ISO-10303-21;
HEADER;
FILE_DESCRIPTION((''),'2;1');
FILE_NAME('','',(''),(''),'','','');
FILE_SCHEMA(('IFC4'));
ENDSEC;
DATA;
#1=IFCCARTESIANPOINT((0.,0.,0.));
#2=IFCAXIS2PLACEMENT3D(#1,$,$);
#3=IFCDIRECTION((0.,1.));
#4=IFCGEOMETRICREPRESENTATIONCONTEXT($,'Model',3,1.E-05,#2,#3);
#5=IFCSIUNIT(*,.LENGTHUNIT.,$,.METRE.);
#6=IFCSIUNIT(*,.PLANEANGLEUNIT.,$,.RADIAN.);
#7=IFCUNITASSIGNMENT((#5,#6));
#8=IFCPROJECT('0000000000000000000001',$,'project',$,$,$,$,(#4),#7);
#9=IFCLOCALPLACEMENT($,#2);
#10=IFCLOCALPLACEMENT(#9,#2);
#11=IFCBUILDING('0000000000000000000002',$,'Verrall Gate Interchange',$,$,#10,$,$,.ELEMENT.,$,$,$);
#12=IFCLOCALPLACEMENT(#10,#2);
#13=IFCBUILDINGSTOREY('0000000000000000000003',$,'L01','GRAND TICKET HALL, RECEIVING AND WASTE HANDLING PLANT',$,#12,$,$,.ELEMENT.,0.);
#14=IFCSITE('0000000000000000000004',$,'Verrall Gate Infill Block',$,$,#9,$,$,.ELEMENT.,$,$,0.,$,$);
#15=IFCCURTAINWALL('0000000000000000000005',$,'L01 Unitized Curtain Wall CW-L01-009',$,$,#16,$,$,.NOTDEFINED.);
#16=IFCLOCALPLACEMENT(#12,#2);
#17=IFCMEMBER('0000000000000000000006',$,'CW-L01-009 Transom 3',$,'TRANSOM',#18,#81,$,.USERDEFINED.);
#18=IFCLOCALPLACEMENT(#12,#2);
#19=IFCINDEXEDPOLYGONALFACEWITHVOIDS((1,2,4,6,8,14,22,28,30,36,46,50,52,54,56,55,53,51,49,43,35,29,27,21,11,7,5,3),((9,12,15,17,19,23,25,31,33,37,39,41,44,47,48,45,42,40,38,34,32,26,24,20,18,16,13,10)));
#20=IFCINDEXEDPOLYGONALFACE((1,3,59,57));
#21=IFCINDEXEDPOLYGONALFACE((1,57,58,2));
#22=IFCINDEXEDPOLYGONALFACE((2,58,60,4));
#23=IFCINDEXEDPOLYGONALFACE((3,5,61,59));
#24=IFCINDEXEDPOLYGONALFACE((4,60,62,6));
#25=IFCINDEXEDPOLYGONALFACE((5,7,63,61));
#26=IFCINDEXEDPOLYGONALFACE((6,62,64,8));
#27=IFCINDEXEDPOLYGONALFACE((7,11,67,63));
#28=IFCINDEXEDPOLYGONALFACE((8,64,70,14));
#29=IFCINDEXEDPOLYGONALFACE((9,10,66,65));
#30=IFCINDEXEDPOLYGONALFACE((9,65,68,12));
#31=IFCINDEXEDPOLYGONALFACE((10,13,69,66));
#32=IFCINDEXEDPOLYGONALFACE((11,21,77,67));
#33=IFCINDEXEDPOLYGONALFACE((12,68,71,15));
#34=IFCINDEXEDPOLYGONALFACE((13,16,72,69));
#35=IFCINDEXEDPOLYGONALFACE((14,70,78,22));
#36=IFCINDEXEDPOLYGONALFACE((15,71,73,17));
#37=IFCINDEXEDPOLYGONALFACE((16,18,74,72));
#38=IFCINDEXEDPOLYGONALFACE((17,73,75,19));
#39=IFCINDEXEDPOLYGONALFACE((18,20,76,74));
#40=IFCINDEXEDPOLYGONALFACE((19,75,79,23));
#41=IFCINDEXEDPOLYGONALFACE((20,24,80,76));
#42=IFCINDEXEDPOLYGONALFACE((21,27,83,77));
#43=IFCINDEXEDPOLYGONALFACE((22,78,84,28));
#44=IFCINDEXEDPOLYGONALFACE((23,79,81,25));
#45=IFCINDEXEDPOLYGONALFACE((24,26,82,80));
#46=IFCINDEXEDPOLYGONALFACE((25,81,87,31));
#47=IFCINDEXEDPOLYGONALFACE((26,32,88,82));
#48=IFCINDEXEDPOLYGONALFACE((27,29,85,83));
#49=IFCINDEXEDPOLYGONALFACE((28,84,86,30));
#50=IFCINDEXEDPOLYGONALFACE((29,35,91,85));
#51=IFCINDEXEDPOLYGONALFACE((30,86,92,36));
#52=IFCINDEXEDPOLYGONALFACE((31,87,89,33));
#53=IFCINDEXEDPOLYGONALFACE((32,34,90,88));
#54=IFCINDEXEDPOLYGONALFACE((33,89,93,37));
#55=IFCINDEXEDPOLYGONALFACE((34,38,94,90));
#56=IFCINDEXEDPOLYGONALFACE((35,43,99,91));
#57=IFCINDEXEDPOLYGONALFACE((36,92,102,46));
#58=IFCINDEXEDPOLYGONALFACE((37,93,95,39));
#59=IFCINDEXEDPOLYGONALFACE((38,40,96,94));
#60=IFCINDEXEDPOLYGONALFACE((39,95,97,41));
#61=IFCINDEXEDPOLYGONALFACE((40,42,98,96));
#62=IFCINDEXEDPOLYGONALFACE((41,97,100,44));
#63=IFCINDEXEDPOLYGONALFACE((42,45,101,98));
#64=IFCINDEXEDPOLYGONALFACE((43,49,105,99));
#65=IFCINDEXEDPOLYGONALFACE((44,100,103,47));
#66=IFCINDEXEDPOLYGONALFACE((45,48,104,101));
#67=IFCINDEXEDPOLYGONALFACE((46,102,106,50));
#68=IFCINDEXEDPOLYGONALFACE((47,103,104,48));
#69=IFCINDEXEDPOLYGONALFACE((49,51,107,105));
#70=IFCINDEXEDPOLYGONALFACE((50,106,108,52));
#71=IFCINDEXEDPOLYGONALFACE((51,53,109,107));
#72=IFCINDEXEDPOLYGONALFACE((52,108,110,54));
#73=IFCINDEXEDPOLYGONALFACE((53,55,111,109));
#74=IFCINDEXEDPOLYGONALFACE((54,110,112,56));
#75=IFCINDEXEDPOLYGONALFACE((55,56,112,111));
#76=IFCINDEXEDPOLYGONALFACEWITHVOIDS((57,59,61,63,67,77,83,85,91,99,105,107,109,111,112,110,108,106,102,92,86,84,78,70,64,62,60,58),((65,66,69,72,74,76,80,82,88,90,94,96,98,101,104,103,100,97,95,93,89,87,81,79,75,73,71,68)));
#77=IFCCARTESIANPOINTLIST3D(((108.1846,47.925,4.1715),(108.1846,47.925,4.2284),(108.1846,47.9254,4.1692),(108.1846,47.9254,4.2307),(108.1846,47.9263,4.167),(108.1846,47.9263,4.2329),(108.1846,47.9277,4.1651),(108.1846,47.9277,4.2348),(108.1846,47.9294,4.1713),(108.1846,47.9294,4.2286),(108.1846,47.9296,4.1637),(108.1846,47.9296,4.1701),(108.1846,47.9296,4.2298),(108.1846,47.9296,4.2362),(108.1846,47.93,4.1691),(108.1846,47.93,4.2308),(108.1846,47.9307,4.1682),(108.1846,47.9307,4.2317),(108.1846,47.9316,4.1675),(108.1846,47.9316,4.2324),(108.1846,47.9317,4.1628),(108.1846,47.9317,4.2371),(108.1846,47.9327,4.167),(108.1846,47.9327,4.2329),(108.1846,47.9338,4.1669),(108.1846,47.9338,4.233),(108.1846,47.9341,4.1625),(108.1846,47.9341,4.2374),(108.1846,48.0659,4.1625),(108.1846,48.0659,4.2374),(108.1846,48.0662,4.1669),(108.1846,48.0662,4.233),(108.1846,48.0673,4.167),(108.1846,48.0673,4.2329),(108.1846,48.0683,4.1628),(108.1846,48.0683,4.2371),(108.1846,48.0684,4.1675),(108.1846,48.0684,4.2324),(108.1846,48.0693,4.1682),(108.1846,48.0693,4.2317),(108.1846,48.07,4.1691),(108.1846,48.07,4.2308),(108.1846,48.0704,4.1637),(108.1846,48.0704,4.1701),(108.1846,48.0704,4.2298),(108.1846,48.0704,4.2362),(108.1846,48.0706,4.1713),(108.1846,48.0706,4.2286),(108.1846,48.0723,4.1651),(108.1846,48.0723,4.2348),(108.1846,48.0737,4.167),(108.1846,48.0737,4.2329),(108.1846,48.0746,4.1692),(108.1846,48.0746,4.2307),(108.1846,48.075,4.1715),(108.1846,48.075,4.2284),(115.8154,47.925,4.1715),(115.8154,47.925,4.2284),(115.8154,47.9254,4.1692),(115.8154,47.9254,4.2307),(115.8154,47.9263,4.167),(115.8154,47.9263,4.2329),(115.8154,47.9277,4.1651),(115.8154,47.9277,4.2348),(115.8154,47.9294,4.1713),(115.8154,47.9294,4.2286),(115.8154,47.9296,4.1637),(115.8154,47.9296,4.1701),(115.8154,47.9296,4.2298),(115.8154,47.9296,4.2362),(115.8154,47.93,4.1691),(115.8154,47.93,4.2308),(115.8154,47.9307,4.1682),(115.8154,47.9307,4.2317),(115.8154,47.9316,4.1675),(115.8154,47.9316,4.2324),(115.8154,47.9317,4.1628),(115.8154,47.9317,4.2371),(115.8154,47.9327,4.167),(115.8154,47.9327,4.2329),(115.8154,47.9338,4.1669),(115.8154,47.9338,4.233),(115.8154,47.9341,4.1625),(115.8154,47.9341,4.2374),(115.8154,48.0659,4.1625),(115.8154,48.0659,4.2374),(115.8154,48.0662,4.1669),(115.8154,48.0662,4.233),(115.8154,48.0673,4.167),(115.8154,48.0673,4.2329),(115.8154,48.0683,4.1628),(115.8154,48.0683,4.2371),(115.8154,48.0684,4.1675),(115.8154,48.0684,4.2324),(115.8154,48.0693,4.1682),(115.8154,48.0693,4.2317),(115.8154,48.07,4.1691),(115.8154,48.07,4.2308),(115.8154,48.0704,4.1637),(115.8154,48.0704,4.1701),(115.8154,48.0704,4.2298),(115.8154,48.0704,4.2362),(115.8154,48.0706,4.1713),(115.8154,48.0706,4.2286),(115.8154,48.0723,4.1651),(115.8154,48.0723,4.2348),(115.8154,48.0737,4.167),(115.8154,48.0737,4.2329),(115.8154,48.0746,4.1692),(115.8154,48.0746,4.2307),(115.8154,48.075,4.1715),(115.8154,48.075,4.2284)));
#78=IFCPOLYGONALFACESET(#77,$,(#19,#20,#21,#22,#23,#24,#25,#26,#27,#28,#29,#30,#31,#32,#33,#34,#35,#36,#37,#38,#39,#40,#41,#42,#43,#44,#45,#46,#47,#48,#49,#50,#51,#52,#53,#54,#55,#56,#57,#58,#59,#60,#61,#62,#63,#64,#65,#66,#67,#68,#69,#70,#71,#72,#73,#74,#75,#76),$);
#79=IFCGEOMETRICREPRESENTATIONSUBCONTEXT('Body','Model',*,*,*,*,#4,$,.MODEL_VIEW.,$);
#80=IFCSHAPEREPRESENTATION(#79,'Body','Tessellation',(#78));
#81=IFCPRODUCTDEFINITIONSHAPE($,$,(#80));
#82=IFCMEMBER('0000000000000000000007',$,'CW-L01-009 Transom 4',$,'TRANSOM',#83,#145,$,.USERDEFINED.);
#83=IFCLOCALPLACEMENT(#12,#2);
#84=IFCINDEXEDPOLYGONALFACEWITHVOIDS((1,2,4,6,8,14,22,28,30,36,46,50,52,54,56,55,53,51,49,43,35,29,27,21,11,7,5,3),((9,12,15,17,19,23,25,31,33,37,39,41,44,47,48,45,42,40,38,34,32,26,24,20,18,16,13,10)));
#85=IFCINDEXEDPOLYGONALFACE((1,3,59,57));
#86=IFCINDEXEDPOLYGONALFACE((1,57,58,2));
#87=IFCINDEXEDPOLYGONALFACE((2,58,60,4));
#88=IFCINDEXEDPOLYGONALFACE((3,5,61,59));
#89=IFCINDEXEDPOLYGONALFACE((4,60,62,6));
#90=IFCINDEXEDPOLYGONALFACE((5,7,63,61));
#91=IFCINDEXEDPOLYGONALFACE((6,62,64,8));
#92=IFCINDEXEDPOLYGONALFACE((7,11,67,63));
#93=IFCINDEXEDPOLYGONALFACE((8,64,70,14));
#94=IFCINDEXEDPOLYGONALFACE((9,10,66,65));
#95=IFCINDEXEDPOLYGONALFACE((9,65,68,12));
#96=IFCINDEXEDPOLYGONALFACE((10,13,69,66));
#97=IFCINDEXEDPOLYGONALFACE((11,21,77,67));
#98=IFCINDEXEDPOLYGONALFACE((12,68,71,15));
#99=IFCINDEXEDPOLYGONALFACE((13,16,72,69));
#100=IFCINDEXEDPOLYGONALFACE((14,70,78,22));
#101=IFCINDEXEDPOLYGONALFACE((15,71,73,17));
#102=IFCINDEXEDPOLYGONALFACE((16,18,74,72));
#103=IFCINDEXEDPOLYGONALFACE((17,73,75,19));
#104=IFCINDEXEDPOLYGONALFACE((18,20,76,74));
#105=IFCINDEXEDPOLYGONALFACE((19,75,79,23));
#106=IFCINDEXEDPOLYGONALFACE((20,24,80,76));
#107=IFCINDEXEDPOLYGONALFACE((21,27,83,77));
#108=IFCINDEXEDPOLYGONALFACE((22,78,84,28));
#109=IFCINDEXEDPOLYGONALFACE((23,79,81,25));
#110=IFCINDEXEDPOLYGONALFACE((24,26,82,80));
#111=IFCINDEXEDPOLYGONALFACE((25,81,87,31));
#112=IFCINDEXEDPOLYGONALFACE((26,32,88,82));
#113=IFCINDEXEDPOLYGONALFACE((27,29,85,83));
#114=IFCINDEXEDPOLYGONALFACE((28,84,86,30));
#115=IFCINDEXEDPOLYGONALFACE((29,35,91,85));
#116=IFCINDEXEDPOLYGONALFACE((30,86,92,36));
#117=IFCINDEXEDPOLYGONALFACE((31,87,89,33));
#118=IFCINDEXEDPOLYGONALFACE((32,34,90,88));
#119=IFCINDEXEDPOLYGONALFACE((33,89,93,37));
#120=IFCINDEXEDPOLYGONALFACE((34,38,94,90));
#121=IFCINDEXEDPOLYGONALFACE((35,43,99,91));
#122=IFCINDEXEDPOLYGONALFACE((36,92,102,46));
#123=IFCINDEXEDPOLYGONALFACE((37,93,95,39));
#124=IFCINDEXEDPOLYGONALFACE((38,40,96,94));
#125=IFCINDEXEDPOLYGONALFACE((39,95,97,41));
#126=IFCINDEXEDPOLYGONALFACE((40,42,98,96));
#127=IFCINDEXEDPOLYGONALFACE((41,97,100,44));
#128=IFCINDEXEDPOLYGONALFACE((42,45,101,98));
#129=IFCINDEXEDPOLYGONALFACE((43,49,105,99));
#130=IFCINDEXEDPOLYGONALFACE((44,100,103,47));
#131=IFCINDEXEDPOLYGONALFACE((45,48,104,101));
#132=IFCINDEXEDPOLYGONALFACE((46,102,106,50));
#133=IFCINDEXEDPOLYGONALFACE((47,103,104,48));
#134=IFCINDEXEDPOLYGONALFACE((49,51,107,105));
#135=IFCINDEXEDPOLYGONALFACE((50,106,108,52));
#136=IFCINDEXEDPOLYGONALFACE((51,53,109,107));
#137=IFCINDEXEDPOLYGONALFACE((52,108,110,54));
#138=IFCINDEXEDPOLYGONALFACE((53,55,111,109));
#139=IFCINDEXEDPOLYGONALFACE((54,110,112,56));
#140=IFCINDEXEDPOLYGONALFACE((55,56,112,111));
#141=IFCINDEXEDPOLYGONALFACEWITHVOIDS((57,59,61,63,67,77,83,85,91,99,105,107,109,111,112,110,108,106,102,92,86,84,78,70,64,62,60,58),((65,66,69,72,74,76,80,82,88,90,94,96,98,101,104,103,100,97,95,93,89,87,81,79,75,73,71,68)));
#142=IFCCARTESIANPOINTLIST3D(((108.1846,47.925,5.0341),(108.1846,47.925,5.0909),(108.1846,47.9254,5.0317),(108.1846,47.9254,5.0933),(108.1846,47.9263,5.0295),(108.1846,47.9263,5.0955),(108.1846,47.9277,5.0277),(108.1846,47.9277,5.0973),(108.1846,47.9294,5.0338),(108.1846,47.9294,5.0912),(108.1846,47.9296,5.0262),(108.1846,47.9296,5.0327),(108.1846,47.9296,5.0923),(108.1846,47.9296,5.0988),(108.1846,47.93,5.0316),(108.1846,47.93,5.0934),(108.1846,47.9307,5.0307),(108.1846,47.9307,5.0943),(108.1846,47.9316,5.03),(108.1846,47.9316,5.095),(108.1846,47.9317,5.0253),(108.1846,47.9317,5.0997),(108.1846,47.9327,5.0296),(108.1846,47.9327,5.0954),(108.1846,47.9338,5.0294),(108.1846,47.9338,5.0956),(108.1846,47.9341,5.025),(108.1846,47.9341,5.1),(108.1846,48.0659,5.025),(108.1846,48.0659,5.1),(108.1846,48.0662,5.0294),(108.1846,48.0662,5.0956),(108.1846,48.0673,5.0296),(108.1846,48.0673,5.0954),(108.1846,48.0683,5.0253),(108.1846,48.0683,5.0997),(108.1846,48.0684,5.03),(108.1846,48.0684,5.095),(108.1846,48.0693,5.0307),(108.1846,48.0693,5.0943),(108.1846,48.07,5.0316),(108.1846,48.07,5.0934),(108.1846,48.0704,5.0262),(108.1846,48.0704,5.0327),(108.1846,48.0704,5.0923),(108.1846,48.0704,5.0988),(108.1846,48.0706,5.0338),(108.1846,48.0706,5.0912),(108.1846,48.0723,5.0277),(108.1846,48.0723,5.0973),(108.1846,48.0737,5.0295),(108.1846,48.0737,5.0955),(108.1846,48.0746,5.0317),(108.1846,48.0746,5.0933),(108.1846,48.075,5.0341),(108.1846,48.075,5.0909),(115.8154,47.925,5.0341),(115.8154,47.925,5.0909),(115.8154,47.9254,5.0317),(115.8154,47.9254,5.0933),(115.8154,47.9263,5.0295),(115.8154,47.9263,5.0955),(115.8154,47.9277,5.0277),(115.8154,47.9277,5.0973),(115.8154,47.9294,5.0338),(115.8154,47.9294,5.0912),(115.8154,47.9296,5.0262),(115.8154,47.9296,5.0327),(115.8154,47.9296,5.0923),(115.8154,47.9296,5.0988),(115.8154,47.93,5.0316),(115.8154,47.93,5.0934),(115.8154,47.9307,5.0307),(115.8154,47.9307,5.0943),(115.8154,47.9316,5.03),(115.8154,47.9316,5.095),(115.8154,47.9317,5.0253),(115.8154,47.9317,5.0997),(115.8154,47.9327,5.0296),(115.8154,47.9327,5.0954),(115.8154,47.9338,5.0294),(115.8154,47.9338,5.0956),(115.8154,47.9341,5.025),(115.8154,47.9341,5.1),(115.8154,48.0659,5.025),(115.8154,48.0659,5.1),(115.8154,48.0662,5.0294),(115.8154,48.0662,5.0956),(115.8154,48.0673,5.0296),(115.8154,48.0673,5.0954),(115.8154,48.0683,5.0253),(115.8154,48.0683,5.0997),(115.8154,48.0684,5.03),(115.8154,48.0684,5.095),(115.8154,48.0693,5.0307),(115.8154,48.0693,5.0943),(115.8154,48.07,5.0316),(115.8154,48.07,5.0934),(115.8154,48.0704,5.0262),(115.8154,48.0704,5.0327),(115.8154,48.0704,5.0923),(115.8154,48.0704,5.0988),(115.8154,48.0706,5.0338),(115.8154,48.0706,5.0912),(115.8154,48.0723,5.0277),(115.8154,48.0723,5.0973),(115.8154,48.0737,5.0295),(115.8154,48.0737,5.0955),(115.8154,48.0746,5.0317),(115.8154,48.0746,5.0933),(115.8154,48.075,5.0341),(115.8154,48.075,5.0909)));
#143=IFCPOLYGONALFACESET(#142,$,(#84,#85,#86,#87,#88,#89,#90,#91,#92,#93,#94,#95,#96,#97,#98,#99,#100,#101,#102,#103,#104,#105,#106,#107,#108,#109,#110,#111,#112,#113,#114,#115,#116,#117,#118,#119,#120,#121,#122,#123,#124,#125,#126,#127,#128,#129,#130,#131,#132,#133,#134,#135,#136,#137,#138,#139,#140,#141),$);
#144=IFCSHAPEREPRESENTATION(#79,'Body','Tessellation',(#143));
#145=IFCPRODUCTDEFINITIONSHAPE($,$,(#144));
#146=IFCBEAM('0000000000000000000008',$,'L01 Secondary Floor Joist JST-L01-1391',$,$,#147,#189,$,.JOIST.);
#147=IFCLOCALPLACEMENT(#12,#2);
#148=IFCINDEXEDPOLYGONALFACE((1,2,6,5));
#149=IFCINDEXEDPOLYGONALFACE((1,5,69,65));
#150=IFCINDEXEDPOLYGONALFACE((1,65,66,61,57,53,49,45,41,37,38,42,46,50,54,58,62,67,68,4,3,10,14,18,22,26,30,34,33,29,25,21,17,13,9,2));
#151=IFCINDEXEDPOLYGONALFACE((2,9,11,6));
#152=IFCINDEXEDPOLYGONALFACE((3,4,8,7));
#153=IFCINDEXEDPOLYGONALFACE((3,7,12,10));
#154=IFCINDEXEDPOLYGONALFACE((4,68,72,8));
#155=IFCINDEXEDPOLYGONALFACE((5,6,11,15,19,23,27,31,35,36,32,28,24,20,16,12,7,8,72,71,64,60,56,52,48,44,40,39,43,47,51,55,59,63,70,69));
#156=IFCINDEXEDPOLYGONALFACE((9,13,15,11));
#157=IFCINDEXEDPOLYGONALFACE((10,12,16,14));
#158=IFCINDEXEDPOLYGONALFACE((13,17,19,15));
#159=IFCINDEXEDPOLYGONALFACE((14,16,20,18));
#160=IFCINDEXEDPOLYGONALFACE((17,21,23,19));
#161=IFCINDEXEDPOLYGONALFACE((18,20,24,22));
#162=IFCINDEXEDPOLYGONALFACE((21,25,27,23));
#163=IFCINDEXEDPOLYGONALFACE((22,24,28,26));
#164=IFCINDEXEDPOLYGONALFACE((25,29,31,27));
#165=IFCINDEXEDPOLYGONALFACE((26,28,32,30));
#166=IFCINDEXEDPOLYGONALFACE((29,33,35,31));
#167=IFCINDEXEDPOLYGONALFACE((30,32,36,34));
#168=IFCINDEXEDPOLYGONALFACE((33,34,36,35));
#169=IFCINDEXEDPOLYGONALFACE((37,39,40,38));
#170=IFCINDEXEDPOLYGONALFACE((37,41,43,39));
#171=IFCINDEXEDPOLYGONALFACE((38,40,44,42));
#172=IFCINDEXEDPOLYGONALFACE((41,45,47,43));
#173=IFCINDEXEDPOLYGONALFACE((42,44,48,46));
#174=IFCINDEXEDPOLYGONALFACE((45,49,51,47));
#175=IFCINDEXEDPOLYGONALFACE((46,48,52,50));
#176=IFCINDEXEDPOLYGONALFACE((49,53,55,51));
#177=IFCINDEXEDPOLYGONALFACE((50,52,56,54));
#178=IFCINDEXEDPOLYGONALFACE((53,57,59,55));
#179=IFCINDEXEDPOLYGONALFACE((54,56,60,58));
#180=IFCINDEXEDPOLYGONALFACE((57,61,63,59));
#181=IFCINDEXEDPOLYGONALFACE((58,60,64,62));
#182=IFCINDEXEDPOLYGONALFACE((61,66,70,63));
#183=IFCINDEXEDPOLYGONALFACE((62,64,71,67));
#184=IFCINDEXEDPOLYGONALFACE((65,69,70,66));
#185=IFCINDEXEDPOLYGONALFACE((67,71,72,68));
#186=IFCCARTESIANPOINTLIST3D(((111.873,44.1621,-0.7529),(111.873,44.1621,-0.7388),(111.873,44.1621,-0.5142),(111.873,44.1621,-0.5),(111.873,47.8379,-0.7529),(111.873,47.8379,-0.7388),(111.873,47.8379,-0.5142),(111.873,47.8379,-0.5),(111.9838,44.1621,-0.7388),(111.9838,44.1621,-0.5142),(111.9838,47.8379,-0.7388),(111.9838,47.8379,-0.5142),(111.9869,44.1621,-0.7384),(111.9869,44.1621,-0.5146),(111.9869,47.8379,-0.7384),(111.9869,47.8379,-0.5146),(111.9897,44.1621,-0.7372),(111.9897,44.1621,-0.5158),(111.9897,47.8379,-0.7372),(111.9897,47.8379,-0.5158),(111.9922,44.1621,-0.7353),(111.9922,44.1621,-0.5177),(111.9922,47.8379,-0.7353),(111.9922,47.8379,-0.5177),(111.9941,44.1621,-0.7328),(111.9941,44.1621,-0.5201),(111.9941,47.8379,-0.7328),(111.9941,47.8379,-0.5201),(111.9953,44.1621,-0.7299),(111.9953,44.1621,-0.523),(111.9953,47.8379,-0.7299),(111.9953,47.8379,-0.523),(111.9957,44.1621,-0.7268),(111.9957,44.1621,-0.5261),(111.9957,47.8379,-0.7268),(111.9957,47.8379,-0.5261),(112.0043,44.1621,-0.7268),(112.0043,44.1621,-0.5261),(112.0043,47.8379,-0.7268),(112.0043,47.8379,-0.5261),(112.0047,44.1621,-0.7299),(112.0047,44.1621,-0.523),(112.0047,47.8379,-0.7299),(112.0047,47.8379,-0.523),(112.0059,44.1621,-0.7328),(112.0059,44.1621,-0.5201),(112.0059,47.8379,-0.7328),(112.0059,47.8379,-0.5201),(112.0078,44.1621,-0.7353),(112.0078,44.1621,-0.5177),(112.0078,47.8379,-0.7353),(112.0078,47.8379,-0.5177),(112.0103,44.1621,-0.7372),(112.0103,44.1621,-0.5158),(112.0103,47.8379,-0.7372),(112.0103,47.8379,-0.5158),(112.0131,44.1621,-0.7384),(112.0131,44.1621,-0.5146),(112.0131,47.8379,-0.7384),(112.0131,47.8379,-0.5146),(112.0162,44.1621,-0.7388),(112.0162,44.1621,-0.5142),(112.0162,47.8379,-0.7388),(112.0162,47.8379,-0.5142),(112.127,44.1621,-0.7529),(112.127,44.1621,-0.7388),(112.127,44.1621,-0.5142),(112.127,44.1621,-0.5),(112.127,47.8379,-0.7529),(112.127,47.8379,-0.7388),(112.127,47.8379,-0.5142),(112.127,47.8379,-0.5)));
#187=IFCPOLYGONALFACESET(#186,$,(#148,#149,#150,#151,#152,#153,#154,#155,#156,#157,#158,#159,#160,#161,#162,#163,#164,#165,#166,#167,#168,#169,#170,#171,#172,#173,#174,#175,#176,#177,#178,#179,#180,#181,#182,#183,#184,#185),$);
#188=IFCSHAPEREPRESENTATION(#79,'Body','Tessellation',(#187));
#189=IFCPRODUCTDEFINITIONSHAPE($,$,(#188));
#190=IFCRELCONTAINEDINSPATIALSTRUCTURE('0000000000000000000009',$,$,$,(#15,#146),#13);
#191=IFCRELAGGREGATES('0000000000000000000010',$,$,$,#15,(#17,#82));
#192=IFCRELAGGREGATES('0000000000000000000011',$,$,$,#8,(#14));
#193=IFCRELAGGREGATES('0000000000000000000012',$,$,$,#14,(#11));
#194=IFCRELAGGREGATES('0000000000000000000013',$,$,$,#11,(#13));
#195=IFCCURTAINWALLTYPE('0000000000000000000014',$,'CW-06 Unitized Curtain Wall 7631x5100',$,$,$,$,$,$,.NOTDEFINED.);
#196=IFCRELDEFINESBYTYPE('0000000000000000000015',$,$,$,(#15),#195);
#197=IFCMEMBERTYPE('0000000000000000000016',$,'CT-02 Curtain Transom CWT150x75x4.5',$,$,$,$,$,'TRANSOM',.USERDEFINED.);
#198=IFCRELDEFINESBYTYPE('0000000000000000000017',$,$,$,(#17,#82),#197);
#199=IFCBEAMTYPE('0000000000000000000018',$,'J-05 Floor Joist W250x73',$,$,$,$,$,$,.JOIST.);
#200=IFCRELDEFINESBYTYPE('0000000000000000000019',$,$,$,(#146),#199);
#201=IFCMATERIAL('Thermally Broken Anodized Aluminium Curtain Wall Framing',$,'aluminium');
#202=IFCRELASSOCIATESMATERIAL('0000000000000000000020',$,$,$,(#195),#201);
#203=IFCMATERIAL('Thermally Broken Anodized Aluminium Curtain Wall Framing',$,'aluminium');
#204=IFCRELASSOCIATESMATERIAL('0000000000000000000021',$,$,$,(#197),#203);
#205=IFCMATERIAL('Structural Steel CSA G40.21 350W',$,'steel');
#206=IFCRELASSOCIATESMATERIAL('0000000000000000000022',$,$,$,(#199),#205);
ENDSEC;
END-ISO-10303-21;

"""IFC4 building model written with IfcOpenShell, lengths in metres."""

from ifc_helpers import new_model, si_unit, direction, frame, origin, origin_2d, place, context, subcontext, project, spatial, hollow_rectangle, i_section, extrude, material, material_profile, profile_set, type_object, element, aggregate, save


model = new_model("IFC4")

# Units and contexts
model_context = context("Model", 3, precision=1e-05, world=origin(), true_north=direction((0.0, 1.0)))
body_context = subcontext(model_context, "Body", "Model", "MODEL_VIEW")
ifc_project = project(units=[si_unit("LENGTHUNIT", "METRE"), si_unit("PLANEANGLEUNIT", "RADIAN")], contexts=[model_context])

# Site, building, storey
site_placement = place(None, origin())
site = spatial("IfcSite", under=ifc_project, at=site_placement, Name="Verrall Gate Infill Block", CompositionType="ELEMENT", RefElevation=0.0)
building_placement = place(site_placement, origin())
building = spatial("IfcBuilding", under=site, at=building_placement, Name="Verrall Gate Interchange", CompositionType="ELEMENT")
storey_placement = place(building_placement, origin())
storey = spatial("IfcBuildingStorey", under=building, at=storey_placement, Name="L01", Description="GRAND TICKET HALL, RECEIVING AND WASTE HANDLING PLANT", CompositionType="ELEMENT", Elevation=0.0)

# Curtain wall, members
ifc_material_1 = material(Name="Thermally Broken Anodized Aluminium Curtain Wall Framing", Category="aluminium")
curtain_wall_type_1 = type_object("IfcCurtainWallType", Name="CW-06 Unitized Curtain Wall 7631x5100", PredefinedType="NOTDEFINED", material=ifc_material_1)
curtain_wall_1_placement = place(storey_placement, origin())
curtain_wall_1 = element("IfcCurtainWall", 1, at=curtain_wall_1_placement, inside=storey, type_object=curtain_wall_type_1, Name="L01 Unitized Curtain Wall CW-L01-009", PredefinedType="NOTDEFINED")
ifc_material_2 = material(Name="Thermally Broken Anodized Aluminium Curtain Wall Framing", Category="aluminium")
ifc_material_profile_1 = material_profile(ifc_material_2, hollow_rectangle(XDim=0.1499, YDim=0.075, WallThickness=0.0044, InnerFilletRadius=0.0044, OuterFilletRadius=0.009, at=origin_2d()), Name="CWT150x75x4.5")
ifc_profile_set_1 = profile_set([ifc_material_profile_1], Name="Thermally Broken Anodized Aluminium Curtain Wall Framing")
member_type_1 = type_object("IfcMemberType", Name="CT-02 Curtain Transom CWT150x75x4.5", ElementType="TRANSOM", PredefinedType="USERDEFINED", material=ifc_profile_set_1)
member_1_placement = place(storey_placement, frame((108.1846, 48.0, 4.2), z_axis=(1.0, 0.0, 0.0), x_axis=(0.0, 1.0, 0.0)))
member_1 = element("IfcMember", 2, at=member_1_placement, type_object=member_type_1, Name="CW-L01-009 Transom 3", ObjectType="TRANSOM", PredefinedType="USERDEFINED", context=body_context, shape_type="SweptSolid", body=[
    extrude(hollow_rectangle(XDim=0.1499, YDim=0.075, WallThickness=0.0044, InnerFilletRadius=0.0044, OuterFilletRadius=0.009, at=origin_2d()), origin(), (0.0, 0.0, 1.0), 7.6309),
])
member_2_placement = place(storey_placement, frame((108.1846, 48.0, 5.0625), z_axis=(1.0, 0.0, 0.0), x_axis=(0.0, 1.0, 0.0)))
member_2 = element("IfcMember", 3, at=member_2_placement, type_object=member_type_1, Name="CW-L01-009 Transom 4", ObjectType="TRANSOM", PredefinedType="USERDEFINED", context=body_context, shape_type="SweptSolid", body=[
    extrude(hollow_rectangle(XDim=0.1499, YDim=0.075, WallThickness=0.0044, InnerFilletRadius=0.0044, OuterFilletRadius=0.009, at=origin_2d()), origin(), (0.0, 0.0, 1.0), 7.6309),
])

# Beam
ifc_material_3 = material(Name="Structural Steel CSA G40.21 350W", Category="steel")
ifc_material_profile_2 = material_profile(ifc_material_3, i_section(OverallWidth=0.2539, OverallDepth=0.2529, WebThickness=0.0085, FlangeThickness=0.0142, FilletRadius=0.012, at=origin_2d()), Name="W250x73")
ifc_profile_set_2 = profile_set([ifc_material_profile_2], Name="Structural Steel CSA G40.21 350W")
beam_type_1 = type_object("IfcBeamType", Name="J-05 Floor Joist W250x73", PredefinedType="JOIST", material=ifc_profile_set_2)
beam_1_placement = place(storey_placement, frame((112.0, 44.1621, -0.6265), z_axis=(0.0, 1.0, 0.0), x_axis=(-1.0, 0.0, 0.0)))
element("IfcBeam", 4, at=beam_1_placement, inside=storey, type_object=beam_type_1, Name="L01 Secondary Floor Joist JST-L01-1391", PredefinedType="JOIST", context=body_context, shape_type="SweptSolid", body=[
    extrude(i_section(OverallWidth=0.2539, OverallDepth=0.2529, WebThickness=0.0085, FlangeThickness=0.0142, FilletRadius=0.012, at=origin_2d()), origin(), (0.0, 0.0, 1.0), 3.6758),
])

aggregate(curtain_wall_1, [member_1, member_2])

save(model, "model.ifc")
